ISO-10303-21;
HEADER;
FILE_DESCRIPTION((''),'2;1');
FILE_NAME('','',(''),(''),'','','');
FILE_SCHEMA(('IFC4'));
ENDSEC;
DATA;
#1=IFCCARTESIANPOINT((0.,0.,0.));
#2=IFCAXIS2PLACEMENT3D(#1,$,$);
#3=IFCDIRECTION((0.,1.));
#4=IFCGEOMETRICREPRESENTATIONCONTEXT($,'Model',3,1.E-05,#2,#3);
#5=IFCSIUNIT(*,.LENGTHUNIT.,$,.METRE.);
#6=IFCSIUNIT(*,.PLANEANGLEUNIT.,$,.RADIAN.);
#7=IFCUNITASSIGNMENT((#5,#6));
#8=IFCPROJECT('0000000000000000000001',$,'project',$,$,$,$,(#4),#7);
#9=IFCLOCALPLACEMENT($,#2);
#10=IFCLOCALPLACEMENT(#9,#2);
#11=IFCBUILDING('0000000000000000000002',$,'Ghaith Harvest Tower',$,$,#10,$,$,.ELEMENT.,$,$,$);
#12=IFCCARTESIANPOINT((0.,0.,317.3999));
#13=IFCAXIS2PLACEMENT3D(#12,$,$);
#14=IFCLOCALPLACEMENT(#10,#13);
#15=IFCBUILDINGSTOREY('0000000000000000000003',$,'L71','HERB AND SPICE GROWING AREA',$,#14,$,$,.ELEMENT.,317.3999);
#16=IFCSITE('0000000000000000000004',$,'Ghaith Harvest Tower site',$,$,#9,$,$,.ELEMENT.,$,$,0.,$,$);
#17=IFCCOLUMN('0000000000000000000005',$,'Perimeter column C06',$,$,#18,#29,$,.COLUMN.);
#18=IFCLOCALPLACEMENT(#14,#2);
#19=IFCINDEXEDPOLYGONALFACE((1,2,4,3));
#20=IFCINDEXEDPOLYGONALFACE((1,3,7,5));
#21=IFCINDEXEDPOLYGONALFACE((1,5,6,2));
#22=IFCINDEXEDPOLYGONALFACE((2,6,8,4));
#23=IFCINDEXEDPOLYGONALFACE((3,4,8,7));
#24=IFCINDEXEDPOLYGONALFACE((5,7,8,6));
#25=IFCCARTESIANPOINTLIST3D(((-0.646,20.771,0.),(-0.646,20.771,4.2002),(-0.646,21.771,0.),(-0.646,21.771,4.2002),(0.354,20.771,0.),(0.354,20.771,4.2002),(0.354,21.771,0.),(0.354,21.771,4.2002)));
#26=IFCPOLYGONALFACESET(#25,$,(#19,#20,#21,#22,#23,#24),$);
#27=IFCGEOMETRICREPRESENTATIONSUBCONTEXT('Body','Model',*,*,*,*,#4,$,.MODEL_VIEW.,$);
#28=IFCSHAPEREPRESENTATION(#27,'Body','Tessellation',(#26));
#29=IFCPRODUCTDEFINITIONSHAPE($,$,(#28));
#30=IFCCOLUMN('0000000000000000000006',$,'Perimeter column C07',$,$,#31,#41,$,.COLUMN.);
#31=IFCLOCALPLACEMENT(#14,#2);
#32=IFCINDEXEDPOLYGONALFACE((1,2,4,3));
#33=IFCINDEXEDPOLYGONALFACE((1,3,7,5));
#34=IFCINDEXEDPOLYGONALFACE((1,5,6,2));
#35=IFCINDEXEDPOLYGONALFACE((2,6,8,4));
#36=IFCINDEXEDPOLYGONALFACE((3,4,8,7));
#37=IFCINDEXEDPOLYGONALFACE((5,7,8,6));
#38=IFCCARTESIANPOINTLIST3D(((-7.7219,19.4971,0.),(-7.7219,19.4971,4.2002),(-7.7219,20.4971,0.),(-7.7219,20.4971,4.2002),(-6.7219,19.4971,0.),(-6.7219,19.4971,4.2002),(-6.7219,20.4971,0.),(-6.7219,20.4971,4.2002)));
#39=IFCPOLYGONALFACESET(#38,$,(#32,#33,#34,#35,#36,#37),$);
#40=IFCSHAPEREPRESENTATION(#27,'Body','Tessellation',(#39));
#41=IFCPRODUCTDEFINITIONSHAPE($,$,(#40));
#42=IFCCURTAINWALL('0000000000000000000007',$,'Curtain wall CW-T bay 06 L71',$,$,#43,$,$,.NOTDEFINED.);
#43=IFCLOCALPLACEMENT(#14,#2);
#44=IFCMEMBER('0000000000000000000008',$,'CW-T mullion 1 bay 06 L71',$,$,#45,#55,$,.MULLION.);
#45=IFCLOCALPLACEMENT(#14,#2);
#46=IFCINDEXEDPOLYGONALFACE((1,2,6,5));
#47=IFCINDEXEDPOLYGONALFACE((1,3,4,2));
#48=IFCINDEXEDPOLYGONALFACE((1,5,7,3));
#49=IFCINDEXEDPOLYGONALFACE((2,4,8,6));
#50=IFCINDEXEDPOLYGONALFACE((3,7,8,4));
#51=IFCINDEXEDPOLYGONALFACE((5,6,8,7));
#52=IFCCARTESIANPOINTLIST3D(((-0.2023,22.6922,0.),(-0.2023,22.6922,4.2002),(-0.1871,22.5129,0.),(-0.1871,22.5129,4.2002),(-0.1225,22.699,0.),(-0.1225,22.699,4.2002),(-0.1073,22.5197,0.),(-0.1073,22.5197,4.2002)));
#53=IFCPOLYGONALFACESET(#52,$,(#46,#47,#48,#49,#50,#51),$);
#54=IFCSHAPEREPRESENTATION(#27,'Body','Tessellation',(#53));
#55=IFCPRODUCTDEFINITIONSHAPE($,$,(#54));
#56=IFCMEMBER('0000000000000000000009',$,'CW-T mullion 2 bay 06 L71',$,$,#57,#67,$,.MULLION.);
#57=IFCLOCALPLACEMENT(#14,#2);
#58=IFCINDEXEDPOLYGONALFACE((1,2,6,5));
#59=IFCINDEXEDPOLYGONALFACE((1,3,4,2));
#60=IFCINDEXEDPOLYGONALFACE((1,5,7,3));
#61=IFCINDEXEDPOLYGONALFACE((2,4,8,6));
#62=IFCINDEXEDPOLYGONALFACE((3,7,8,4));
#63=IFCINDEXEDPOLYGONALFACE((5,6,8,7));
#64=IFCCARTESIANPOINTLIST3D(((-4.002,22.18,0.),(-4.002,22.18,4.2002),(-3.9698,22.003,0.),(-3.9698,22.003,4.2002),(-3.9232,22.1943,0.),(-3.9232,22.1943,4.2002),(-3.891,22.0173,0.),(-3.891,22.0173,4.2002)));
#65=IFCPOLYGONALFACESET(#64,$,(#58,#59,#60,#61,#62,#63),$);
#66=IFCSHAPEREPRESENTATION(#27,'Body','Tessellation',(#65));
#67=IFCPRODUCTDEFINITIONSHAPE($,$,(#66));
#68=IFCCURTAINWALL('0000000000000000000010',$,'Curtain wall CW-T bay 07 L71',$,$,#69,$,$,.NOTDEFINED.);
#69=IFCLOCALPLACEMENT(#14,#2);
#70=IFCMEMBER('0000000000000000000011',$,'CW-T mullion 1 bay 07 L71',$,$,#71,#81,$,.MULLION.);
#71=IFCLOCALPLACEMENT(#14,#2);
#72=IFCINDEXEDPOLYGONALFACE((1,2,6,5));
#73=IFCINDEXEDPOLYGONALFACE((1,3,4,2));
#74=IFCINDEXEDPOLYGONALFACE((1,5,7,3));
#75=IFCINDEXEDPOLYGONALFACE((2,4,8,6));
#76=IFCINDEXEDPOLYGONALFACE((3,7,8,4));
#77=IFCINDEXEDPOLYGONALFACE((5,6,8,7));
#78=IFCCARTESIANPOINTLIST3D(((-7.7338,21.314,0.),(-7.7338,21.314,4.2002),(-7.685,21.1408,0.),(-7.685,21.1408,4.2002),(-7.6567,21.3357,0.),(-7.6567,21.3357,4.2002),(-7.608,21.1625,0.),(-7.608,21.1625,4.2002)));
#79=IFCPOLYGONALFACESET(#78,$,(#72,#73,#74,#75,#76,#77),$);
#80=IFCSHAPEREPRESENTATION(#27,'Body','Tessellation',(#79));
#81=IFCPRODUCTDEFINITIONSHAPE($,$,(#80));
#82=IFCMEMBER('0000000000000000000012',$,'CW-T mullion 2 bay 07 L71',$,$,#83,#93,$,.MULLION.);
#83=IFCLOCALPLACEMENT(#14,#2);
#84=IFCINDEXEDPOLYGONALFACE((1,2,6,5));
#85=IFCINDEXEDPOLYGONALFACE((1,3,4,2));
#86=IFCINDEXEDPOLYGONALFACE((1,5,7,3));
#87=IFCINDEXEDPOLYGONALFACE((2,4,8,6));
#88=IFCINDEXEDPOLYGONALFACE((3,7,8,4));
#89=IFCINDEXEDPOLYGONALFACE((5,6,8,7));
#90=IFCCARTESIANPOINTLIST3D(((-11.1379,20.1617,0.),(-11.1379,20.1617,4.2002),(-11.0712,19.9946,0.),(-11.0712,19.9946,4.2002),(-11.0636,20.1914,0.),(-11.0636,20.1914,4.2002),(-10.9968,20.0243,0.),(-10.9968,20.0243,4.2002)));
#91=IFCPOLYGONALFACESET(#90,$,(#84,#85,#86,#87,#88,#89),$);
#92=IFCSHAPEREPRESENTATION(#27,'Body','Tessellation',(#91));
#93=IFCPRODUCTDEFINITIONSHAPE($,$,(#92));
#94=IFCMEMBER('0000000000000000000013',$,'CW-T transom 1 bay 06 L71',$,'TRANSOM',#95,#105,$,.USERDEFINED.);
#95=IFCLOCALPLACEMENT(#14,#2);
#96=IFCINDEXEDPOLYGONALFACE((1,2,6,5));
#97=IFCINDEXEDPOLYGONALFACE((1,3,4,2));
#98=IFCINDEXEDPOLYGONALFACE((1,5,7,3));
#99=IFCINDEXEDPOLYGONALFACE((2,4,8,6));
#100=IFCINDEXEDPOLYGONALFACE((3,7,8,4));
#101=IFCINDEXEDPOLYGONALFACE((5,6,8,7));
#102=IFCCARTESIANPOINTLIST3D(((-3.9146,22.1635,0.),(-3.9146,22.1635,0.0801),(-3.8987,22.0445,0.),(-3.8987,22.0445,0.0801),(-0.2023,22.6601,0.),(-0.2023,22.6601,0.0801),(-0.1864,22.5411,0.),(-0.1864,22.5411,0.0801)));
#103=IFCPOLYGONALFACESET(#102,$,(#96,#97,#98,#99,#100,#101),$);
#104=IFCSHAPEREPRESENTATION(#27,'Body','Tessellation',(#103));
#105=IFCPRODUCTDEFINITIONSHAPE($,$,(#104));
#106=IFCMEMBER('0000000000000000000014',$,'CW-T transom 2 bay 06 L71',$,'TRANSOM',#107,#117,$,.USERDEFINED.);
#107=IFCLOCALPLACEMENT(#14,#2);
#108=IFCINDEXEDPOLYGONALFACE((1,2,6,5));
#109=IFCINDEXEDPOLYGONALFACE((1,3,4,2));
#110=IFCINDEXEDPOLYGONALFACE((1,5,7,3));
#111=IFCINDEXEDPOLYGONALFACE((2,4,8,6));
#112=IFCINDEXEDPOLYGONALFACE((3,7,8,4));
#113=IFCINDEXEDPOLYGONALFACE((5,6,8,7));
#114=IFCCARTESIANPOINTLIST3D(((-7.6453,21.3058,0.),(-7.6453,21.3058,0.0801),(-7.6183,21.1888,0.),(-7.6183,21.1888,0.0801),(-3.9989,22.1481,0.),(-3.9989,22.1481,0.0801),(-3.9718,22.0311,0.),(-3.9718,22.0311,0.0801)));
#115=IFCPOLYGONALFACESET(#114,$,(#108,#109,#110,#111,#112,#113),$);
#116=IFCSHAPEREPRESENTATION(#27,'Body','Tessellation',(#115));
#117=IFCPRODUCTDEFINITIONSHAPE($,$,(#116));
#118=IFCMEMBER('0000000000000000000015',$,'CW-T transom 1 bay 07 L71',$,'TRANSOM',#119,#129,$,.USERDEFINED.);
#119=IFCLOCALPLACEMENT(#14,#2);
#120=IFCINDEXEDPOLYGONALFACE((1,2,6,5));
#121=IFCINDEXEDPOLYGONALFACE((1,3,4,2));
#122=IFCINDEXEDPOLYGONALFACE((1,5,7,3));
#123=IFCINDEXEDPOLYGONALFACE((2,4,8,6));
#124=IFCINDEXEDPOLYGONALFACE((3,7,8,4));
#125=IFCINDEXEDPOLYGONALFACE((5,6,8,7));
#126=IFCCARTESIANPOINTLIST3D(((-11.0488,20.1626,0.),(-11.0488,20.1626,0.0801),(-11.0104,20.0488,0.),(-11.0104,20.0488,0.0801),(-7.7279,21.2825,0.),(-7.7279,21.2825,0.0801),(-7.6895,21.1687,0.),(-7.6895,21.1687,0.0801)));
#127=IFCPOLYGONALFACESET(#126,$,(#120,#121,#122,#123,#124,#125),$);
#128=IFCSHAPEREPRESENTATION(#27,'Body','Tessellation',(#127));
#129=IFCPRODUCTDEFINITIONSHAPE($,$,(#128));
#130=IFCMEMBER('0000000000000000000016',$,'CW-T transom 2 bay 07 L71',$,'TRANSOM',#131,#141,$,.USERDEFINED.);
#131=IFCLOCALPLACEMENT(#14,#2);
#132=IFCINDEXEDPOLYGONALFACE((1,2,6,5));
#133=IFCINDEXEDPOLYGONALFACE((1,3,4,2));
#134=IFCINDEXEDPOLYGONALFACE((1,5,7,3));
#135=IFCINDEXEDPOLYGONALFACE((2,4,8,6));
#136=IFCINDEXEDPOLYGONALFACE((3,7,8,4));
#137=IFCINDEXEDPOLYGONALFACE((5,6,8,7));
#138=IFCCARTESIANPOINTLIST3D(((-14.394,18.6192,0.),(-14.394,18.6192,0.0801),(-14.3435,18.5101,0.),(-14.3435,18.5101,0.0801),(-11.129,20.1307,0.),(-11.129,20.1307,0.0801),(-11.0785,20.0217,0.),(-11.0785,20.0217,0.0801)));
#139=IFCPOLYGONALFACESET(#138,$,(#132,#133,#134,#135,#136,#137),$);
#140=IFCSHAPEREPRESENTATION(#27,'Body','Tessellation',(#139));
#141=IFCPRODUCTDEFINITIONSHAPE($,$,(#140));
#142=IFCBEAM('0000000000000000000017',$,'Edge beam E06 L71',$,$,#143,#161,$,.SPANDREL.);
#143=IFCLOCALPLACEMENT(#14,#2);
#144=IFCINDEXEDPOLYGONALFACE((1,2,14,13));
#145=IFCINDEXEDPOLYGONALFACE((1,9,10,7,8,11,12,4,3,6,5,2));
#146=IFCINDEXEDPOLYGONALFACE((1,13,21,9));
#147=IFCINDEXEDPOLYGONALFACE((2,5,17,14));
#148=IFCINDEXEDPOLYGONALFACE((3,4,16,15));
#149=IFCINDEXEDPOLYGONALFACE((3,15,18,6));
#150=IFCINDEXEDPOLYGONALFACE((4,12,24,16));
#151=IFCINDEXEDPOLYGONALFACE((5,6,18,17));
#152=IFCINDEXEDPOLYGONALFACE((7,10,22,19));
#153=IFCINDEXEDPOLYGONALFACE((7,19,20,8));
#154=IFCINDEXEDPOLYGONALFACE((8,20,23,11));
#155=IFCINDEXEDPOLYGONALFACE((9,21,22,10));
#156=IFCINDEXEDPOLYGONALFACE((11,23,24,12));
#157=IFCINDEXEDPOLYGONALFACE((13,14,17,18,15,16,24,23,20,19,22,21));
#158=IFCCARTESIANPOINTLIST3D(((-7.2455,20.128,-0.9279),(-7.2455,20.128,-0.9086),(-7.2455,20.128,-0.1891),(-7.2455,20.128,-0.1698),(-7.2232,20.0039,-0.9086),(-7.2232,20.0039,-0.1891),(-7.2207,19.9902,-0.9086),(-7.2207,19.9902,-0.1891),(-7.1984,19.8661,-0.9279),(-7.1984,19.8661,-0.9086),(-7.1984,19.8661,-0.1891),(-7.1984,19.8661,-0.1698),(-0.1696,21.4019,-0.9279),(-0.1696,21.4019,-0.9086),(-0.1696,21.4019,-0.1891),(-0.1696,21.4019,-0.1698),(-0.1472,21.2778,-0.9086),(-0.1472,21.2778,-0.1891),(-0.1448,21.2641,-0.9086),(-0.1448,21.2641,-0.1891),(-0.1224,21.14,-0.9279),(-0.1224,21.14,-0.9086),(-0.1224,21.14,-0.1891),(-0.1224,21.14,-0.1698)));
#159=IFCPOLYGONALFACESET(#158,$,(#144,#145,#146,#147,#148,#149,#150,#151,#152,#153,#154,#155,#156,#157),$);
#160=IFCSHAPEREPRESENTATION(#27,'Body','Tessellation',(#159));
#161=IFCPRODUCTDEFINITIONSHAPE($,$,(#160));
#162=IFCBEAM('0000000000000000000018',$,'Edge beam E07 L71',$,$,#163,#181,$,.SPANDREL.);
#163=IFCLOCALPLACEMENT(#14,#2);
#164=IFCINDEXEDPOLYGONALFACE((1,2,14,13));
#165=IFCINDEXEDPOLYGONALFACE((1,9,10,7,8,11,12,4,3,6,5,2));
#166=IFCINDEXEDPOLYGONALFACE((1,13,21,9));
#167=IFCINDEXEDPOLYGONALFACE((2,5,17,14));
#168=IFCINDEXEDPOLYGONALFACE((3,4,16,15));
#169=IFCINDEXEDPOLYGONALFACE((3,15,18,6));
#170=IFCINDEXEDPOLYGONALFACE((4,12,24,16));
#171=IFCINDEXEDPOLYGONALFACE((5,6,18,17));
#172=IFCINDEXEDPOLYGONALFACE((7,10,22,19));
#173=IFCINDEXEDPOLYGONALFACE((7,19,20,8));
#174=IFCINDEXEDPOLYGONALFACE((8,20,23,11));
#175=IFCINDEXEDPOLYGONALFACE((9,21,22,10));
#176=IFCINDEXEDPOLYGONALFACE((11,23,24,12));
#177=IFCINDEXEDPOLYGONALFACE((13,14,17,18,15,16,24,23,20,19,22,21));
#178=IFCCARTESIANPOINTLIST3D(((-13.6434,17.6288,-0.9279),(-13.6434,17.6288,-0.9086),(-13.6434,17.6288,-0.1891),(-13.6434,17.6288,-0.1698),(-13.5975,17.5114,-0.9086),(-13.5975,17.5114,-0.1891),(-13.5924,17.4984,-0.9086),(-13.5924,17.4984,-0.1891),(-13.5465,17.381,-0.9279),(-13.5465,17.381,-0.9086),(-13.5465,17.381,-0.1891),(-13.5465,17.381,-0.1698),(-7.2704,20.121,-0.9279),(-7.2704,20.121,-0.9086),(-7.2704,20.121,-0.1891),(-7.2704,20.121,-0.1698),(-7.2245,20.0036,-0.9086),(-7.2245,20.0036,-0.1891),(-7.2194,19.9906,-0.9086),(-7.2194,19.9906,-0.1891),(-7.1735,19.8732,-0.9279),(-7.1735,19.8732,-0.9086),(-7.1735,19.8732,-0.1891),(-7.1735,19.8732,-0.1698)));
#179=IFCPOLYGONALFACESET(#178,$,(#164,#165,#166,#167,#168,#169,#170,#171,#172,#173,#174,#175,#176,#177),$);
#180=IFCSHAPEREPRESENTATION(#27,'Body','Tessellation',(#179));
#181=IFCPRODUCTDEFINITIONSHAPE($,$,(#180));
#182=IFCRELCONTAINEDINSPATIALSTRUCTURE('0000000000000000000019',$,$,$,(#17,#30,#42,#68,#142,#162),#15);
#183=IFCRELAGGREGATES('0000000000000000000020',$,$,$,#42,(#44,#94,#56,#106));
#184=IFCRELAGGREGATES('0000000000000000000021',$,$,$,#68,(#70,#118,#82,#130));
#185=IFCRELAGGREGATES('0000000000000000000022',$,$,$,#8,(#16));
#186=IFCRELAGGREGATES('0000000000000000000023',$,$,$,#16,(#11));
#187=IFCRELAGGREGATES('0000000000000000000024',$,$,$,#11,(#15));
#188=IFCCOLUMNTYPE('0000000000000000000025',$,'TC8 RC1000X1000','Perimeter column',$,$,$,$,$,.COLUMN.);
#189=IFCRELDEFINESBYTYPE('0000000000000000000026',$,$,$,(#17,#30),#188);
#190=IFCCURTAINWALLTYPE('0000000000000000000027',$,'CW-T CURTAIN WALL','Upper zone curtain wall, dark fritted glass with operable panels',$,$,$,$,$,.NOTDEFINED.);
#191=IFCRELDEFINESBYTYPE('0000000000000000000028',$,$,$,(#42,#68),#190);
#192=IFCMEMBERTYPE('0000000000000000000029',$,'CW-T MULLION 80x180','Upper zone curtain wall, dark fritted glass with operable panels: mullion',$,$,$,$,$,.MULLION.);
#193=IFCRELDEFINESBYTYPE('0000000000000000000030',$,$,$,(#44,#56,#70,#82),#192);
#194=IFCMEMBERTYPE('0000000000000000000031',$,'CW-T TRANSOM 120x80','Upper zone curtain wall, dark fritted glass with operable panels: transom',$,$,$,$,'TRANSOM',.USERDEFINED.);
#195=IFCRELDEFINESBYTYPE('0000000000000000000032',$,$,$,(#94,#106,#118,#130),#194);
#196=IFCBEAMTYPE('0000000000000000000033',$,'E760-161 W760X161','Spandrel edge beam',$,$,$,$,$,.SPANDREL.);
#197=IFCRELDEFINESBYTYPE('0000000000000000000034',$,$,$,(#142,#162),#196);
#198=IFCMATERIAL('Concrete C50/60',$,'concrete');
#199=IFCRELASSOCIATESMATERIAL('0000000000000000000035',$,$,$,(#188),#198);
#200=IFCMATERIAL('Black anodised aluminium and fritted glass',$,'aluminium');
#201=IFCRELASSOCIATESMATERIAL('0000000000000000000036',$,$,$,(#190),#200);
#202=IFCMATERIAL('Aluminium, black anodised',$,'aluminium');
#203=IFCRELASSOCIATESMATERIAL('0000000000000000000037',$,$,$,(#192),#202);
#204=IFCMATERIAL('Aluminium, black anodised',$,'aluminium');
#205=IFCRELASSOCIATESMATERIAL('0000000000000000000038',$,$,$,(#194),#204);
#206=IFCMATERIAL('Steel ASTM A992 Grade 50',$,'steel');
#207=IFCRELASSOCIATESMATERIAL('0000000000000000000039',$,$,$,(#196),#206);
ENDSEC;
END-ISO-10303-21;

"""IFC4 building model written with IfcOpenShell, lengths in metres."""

from ifc_helpers import new_model, si_unit, direction, frame, origin, origin_2d, place, context, subcontext, project, spatial, rectangle, i_section, extrude, material, material_profile, profile_set, type_object, element, aggregate, save


model = new_model("IFC4")

# Units and contexts
model_context = context("Model", 3, precision=1e-05, world=origin(), true_north=direction((0.0, 1.0)))
body_context = subcontext(model_context, "Body", "Model", "MODEL_VIEW")
ifc_project = project(units=[si_unit("LENGTHUNIT", "METRE"), si_unit("PLANEANGLEUNIT", "RADIAN")], contexts=[model_context])

# Site, building, storey
site_placement = place(None, origin())
site = spatial("IfcSite", under=ifc_project, at=site_placement, Name="Ghaith Harvest Tower site", CompositionType="ELEMENT", RefElevation=0.0)
building_placement = place(site_placement, origin())
building = spatial("IfcBuilding", under=site, at=building_placement, Name="Ghaith Harvest Tower", CompositionType="ELEMENT")
storey_placement = place(building_placement, frame((0.0, 0.0, 317.3999)))
storey = spatial("IfcBuildingStorey", under=building, at=storey_placement, Name="L71", Description="HERB AND SPICE GROWING AREA", CompositionType="ELEMENT", Elevation=317.3999)

# Columns
ifc_material_1 = material(Name="Concrete C50/60", Category="concrete")
ifc_material_profile_1 = material_profile(ifc_material_1, rectangle(XDim=1.0, YDim=1.0, at=origin_2d()), Name="RC1000X1000")
ifc_profile_set_1 = profile_set([ifc_material_profile_1], Name="Concrete C50/60")
column_type = type_object("IfcColumnType", Name="TC8 RC1000X1000", Description="Perimeter column", PredefinedType="COLUMN", material=ifc_profile_set_1)
for number, where, z_axis, x_axis, name in (
    (1, (-0.146, 21.271, 0.0), (0.0, 0.0, 1.0), (1.0, 0.0, 0.0), "Perimeter column C06"),
    (2, (-7.2219, 19.9971, 0.0), (0.0, 0.0, 1.0), (1.0, 0.0, 0.0), "Perimeter column C07"),
):
    element("IfcColumn", number, at=place(storey_placement, frame(where, z_axis=z_axis, x_axis=x_axis)), inside=storey, type_object=column_type, Name=name, PredefinedType="COLUMN", context=body_context, shape_type="SweptSolid", body=[
        extrude(rectangle(XDim=1.0, YDim=1.0, at=origin_2d()), origin(), (0.0, 0.0, 1.0), 4.2002),
    ])

# Curtain walls, members
ifc_material_2 = material(Name="Black anodised aluminium and fritted glass", Category="aluminium")
curtain_wall_type = type_object("IfcCurtainWallType", Name="CW-T CURTAIN WALL", Description="Upper zone curtain wall, dark fritted glass with operable panels", PredefinedType="NOTDEFINED", material=ifc_material_2)
curtain_wall_1_placement = place(storey_placement, origin())
curtain_wall_1 = element("IfcCurtainWall", 3, at=curtain_wall_1_placement, inside=storey, type_object=curtain_wall_type, Name="Curtain wall CW-T bay 06 L71", PredefinedType="NOTDEFINED")
ifc_material_3 = material(Name="Aluminium, black anodised", Category="aluminium")
ifc_material_profile_2 = material_profile(ifc_material_3, rectangle(XDim=0.0801, YDim=0.1799, at=origin_2d()), Name="CW-T MULLION 80x180")
ifc_profile_set_2 = profile_set([ifc_material_profile_2], Name="Aluminium, black anodised")
member_type_1 = type_object("IfcMemberType", Name="CW-T MULLION 80x180", Description="Upper zone curtain wall, dark fritted glass with operable panels: mullion", PredefinedType="MULLION", material=ifc_profile_set_2)
member_1_placement = place(storey_placement, frame((-0.1548, 22.606, 0.0), z_axis=(0.0, 0.0, 1.0), x_axis=(-0.996415, -0.084602, 0.0)))
member_1 = element("IfcMember", 4, at=member_1_placement, type_object=member_type_1, Name="CW-T mullion 1 bay 06 L71", PredefinedType="MULLION", context=body_context, shape_type="SweptSolid", body=[
    extrude(rectangle(XDim=0.0801, YDim=0.1799, at=origin_2d()), origin(), (0.0, 0.0, 1.0), 4.2002),
])
member_2_placement = place(storey_placement, frame((-3.9465, 22.0986, 0.0), z_axis=(0.0, 0.0, 1.0), x_axis=(-0.983843, -0.179031, 0.0)))
member_2 = element("IfcMember", 5, at=member_2_placement, type_object=member_type_1, Name="CW-T mullion 2 bay 06 L71", PredefinedType="MULLION", context=body_context, shape_type="SweptSolid", body=[
    extrude(rectangle(XDim=0.0801, YDim=0.1799, at=origin_2d()), origin(), (0.0, 0.0, 1.0), 4.2002),
])
curtain_wall_2_placement = place(storey_placement, origin())
curtain_wall_2 = element("IfcCurtainWall", 6, at=curtain_wall_2_placement, inside=storey, type_object=curtain_wall_type, Name="Curtain wall CW-T bay 07 L71", PredefinedType="NOTDEFINED")
member_3_placement = place(storey_placement, frame((-7.6709, 21.2383, 0.0), z_axis=(0.0, 0.0, 1.0), x_axis=(-0.962552, -0.271095, 0.0)))
member_3 = element("IfcMember", 7, at=member_3_placement, type_object=member_type_1, Name="CW-T mullion 1 bay 07 L71", PredefinedType="MULLION", context=body_context, shape_type="SweptSolid", body=[
    extrude(rectangle(XDim=0.0801, YDim=0.1799, at=origin_2d()), origin(), (0.0, 0.0, 1.0), 4.2002),
])
member_4_placement = place(storey_placement, frame((-11.0674, 20.093, 0.0), z_axis=(0.0, 0.0, 1.0), x_axis=(-0.928624, -0.371021, 0.0)))
member_4 = element("IfcMember", 8, at=member_4_placement, type_object=member_type_1, Name="CW-T mullion 2 bay 07 L71", PredefinedType="MULLION", context=body_context, shape_type="SweptSolid", body=[
    extrude(rectangle(XDim=0.0801, YDim=0.1799, at=origin_2d()), origin(), (0.0, 0.0, 1.0), 4.2002),
])

# Members
ifc_material_4 = material(Name="Aluminium, black anodised", Category="aluminium")
ifc_material_profile_3 = material_profile(ifc_material_4, rectangle(XDim=0.1201, YDim=0.0801, at=origin_2d()), Name="CW-T TRANSOM 120x80")
ifc_profile_set_3 = profile_set([ifc_material_profile_3], Name="Aluminium, black anodised")
member_type_2 = type_object("IfcMemberType", Name="CW-T TRANSOM 120x80", Description="Upper zone curtain wall, dark fritted glass with operable panels: transom", ElementType="TRANSOM", PredefinedType="USERDEFINED", material=ifc_profile_set_3)
member_5_placement = place(storey_placement, frame((-0.1943, 22.6006, 0.04), z_axis=(-0.991172, -0.132582, 0.0), x_axis=(0.132582, -0.991172, 0.0)))
member_5 = element("IfcMember", 9, at=member_5_placement, type_object=member_type_2, Name="CW-T transom 1 bay 06 L71", ObjectType="TRANSOM", PredefinedType="USERDEFINED", context=body_context, shape_type="SweptSolid", body=[
    extrude(rectangle(XDim=0.1201, YDim=0.0801, at=origin_2d()), origin(), (0.0, 0.0, 1.0), 3.7454),
])
member_6_placement = place(storey_placement, frame((-3.9854, 22.0896, 0.04), z_axis=(-0.974345, -0.22506, 0.0), x_axis=(0.22506, -0.974345, 0.0)))
member_6 = element("IfcMember", 10, at=member_6_placement, type_object=member_type_2, Name="CW-T transom 2 bay 06 L71", ObjectType="TRANSOM", PredefinedType="USERDEFINED", context=body_context, shape_type="SweptSolid", body=[
    extrude(rectangle(XDim=0.1201, YDim=0.0801, at=origin_2d()), origin(), (0.0, 0.0, 1.0), 3.7424),
])
member_7_placement = place(storey_placement, frame((-7.7087, 21.2256, 0.04), z_axis=(-0.94757, -0.319549, 0.0), x_axis=(0.319549, -0.94757, 0.0)))
member_7 = element("IfcMember", 11, at=member_7_placement, type_object=member_type_2, Name="CW-T transom 1 bay 07 L71", ObjectType="TRANSOM", PredefinedType="USERDEFINED", context=body_context, shape_type="SweptSolid", body=[
    extrude(rectangle(XDim=0.1201, YDim=0.0801, at=origin_2d()), origin(), (0.0, 0.0, 1.0), 3.5046),
])
member_8_placement = place(storey_placement, frame((-11.1038, 20.0762, 0.04), z_axis=(-0.907472, -0.420112, 0.0), x_axis=(0.420112, -0.907472, 0.0)))
member_8 = element("IfcMember", 12, at=member_8_placement, type_object=member_type_2, Name="CW-T transom 2 bay 07 L71", ObjectType="TRANSOM", PredefinedType="USERDEFINED", context=body_context, shape_type="SweptSolid", body=[
    extrude(rectangle(XDim=0.1201, YDim=0.0801, at=origin_2d()), origin(), (0.0, 0.0, 1.0), 3.5979),
])

# Beams
ifc_material_5 = material(Name="Steel ASTM A992 Grade 50", Category="steel")
ifc_material_profile_4 = material_profile(ifc_material_5, i_section(OverallWidth=0.2661, OverallDepth=0.7581, WebThickness=0.0139, FlangeThickness=0.0193, at=origin_2d()), Name="W760X161")
ifc_profile_set_4 = profile_set([ifc_material_profile_4], Name="Steel ASTM A992 Grade 50")
beam_type_1 = type_object("IfcBeamType", Name="E760-161 W760X161", Description="Spandrel edge beam", PredefinedType="SPANDREL", material=ifc_profile_set_4)
beam_1_placement = place(storey_placement, frame((-0.146, 21.271, -0.5488), z_axis=(-0.984177, -0.177188, 0.0), x_axis=(0.177188, -0.984177, 0.0)))
element("IfcBeam", 13, at=beam_1_placement, inside=storey, type_object=beam_type_1, Name="Edge beam E06 L71", PredefinedType="SPANDREL", context=body_context, shape_type="SweptSolid", body=[
    extrude(i_section(OverallWidth=0.2661, OverallDepth=0.7581, WebThickness=0.0139, FlangeThickness=0.0193, at=origin_2d()), origin(), (0.0, 0.0, 1.0), 7.1897),
])
beam_2_placement = place(storey_placement, frame((-7.2219, 19.9971, -0.5488), z_axis=(-0.931323, -0.364195, 0.0), x_axis=(0.364195, -0.931323, 0.0)))
element("IfcBeam", 14, at=beam_2_placement, inside=storey, type_object=beam_type_1, Name="Edge beam E07 L71", PredefinedType="SPANDREL", context=body_context, shape_type="SweptSolid", body=[
    extrude(i_section(OverallWidth=0.2661, OverallDepth=0.7581, WebThickness=0.0139, FlangeThickness=0.0193, at=origin_2d()), origin(), (0.0, 0.0, 1.0), 6.843),
])

aggregate(curtain_wall_1, [member_1, member_5, member_2, member_6])
aggregate(curtain_wall_2, [member_3, member_7, member_4, member_8])

save(model, "model.ifc")
